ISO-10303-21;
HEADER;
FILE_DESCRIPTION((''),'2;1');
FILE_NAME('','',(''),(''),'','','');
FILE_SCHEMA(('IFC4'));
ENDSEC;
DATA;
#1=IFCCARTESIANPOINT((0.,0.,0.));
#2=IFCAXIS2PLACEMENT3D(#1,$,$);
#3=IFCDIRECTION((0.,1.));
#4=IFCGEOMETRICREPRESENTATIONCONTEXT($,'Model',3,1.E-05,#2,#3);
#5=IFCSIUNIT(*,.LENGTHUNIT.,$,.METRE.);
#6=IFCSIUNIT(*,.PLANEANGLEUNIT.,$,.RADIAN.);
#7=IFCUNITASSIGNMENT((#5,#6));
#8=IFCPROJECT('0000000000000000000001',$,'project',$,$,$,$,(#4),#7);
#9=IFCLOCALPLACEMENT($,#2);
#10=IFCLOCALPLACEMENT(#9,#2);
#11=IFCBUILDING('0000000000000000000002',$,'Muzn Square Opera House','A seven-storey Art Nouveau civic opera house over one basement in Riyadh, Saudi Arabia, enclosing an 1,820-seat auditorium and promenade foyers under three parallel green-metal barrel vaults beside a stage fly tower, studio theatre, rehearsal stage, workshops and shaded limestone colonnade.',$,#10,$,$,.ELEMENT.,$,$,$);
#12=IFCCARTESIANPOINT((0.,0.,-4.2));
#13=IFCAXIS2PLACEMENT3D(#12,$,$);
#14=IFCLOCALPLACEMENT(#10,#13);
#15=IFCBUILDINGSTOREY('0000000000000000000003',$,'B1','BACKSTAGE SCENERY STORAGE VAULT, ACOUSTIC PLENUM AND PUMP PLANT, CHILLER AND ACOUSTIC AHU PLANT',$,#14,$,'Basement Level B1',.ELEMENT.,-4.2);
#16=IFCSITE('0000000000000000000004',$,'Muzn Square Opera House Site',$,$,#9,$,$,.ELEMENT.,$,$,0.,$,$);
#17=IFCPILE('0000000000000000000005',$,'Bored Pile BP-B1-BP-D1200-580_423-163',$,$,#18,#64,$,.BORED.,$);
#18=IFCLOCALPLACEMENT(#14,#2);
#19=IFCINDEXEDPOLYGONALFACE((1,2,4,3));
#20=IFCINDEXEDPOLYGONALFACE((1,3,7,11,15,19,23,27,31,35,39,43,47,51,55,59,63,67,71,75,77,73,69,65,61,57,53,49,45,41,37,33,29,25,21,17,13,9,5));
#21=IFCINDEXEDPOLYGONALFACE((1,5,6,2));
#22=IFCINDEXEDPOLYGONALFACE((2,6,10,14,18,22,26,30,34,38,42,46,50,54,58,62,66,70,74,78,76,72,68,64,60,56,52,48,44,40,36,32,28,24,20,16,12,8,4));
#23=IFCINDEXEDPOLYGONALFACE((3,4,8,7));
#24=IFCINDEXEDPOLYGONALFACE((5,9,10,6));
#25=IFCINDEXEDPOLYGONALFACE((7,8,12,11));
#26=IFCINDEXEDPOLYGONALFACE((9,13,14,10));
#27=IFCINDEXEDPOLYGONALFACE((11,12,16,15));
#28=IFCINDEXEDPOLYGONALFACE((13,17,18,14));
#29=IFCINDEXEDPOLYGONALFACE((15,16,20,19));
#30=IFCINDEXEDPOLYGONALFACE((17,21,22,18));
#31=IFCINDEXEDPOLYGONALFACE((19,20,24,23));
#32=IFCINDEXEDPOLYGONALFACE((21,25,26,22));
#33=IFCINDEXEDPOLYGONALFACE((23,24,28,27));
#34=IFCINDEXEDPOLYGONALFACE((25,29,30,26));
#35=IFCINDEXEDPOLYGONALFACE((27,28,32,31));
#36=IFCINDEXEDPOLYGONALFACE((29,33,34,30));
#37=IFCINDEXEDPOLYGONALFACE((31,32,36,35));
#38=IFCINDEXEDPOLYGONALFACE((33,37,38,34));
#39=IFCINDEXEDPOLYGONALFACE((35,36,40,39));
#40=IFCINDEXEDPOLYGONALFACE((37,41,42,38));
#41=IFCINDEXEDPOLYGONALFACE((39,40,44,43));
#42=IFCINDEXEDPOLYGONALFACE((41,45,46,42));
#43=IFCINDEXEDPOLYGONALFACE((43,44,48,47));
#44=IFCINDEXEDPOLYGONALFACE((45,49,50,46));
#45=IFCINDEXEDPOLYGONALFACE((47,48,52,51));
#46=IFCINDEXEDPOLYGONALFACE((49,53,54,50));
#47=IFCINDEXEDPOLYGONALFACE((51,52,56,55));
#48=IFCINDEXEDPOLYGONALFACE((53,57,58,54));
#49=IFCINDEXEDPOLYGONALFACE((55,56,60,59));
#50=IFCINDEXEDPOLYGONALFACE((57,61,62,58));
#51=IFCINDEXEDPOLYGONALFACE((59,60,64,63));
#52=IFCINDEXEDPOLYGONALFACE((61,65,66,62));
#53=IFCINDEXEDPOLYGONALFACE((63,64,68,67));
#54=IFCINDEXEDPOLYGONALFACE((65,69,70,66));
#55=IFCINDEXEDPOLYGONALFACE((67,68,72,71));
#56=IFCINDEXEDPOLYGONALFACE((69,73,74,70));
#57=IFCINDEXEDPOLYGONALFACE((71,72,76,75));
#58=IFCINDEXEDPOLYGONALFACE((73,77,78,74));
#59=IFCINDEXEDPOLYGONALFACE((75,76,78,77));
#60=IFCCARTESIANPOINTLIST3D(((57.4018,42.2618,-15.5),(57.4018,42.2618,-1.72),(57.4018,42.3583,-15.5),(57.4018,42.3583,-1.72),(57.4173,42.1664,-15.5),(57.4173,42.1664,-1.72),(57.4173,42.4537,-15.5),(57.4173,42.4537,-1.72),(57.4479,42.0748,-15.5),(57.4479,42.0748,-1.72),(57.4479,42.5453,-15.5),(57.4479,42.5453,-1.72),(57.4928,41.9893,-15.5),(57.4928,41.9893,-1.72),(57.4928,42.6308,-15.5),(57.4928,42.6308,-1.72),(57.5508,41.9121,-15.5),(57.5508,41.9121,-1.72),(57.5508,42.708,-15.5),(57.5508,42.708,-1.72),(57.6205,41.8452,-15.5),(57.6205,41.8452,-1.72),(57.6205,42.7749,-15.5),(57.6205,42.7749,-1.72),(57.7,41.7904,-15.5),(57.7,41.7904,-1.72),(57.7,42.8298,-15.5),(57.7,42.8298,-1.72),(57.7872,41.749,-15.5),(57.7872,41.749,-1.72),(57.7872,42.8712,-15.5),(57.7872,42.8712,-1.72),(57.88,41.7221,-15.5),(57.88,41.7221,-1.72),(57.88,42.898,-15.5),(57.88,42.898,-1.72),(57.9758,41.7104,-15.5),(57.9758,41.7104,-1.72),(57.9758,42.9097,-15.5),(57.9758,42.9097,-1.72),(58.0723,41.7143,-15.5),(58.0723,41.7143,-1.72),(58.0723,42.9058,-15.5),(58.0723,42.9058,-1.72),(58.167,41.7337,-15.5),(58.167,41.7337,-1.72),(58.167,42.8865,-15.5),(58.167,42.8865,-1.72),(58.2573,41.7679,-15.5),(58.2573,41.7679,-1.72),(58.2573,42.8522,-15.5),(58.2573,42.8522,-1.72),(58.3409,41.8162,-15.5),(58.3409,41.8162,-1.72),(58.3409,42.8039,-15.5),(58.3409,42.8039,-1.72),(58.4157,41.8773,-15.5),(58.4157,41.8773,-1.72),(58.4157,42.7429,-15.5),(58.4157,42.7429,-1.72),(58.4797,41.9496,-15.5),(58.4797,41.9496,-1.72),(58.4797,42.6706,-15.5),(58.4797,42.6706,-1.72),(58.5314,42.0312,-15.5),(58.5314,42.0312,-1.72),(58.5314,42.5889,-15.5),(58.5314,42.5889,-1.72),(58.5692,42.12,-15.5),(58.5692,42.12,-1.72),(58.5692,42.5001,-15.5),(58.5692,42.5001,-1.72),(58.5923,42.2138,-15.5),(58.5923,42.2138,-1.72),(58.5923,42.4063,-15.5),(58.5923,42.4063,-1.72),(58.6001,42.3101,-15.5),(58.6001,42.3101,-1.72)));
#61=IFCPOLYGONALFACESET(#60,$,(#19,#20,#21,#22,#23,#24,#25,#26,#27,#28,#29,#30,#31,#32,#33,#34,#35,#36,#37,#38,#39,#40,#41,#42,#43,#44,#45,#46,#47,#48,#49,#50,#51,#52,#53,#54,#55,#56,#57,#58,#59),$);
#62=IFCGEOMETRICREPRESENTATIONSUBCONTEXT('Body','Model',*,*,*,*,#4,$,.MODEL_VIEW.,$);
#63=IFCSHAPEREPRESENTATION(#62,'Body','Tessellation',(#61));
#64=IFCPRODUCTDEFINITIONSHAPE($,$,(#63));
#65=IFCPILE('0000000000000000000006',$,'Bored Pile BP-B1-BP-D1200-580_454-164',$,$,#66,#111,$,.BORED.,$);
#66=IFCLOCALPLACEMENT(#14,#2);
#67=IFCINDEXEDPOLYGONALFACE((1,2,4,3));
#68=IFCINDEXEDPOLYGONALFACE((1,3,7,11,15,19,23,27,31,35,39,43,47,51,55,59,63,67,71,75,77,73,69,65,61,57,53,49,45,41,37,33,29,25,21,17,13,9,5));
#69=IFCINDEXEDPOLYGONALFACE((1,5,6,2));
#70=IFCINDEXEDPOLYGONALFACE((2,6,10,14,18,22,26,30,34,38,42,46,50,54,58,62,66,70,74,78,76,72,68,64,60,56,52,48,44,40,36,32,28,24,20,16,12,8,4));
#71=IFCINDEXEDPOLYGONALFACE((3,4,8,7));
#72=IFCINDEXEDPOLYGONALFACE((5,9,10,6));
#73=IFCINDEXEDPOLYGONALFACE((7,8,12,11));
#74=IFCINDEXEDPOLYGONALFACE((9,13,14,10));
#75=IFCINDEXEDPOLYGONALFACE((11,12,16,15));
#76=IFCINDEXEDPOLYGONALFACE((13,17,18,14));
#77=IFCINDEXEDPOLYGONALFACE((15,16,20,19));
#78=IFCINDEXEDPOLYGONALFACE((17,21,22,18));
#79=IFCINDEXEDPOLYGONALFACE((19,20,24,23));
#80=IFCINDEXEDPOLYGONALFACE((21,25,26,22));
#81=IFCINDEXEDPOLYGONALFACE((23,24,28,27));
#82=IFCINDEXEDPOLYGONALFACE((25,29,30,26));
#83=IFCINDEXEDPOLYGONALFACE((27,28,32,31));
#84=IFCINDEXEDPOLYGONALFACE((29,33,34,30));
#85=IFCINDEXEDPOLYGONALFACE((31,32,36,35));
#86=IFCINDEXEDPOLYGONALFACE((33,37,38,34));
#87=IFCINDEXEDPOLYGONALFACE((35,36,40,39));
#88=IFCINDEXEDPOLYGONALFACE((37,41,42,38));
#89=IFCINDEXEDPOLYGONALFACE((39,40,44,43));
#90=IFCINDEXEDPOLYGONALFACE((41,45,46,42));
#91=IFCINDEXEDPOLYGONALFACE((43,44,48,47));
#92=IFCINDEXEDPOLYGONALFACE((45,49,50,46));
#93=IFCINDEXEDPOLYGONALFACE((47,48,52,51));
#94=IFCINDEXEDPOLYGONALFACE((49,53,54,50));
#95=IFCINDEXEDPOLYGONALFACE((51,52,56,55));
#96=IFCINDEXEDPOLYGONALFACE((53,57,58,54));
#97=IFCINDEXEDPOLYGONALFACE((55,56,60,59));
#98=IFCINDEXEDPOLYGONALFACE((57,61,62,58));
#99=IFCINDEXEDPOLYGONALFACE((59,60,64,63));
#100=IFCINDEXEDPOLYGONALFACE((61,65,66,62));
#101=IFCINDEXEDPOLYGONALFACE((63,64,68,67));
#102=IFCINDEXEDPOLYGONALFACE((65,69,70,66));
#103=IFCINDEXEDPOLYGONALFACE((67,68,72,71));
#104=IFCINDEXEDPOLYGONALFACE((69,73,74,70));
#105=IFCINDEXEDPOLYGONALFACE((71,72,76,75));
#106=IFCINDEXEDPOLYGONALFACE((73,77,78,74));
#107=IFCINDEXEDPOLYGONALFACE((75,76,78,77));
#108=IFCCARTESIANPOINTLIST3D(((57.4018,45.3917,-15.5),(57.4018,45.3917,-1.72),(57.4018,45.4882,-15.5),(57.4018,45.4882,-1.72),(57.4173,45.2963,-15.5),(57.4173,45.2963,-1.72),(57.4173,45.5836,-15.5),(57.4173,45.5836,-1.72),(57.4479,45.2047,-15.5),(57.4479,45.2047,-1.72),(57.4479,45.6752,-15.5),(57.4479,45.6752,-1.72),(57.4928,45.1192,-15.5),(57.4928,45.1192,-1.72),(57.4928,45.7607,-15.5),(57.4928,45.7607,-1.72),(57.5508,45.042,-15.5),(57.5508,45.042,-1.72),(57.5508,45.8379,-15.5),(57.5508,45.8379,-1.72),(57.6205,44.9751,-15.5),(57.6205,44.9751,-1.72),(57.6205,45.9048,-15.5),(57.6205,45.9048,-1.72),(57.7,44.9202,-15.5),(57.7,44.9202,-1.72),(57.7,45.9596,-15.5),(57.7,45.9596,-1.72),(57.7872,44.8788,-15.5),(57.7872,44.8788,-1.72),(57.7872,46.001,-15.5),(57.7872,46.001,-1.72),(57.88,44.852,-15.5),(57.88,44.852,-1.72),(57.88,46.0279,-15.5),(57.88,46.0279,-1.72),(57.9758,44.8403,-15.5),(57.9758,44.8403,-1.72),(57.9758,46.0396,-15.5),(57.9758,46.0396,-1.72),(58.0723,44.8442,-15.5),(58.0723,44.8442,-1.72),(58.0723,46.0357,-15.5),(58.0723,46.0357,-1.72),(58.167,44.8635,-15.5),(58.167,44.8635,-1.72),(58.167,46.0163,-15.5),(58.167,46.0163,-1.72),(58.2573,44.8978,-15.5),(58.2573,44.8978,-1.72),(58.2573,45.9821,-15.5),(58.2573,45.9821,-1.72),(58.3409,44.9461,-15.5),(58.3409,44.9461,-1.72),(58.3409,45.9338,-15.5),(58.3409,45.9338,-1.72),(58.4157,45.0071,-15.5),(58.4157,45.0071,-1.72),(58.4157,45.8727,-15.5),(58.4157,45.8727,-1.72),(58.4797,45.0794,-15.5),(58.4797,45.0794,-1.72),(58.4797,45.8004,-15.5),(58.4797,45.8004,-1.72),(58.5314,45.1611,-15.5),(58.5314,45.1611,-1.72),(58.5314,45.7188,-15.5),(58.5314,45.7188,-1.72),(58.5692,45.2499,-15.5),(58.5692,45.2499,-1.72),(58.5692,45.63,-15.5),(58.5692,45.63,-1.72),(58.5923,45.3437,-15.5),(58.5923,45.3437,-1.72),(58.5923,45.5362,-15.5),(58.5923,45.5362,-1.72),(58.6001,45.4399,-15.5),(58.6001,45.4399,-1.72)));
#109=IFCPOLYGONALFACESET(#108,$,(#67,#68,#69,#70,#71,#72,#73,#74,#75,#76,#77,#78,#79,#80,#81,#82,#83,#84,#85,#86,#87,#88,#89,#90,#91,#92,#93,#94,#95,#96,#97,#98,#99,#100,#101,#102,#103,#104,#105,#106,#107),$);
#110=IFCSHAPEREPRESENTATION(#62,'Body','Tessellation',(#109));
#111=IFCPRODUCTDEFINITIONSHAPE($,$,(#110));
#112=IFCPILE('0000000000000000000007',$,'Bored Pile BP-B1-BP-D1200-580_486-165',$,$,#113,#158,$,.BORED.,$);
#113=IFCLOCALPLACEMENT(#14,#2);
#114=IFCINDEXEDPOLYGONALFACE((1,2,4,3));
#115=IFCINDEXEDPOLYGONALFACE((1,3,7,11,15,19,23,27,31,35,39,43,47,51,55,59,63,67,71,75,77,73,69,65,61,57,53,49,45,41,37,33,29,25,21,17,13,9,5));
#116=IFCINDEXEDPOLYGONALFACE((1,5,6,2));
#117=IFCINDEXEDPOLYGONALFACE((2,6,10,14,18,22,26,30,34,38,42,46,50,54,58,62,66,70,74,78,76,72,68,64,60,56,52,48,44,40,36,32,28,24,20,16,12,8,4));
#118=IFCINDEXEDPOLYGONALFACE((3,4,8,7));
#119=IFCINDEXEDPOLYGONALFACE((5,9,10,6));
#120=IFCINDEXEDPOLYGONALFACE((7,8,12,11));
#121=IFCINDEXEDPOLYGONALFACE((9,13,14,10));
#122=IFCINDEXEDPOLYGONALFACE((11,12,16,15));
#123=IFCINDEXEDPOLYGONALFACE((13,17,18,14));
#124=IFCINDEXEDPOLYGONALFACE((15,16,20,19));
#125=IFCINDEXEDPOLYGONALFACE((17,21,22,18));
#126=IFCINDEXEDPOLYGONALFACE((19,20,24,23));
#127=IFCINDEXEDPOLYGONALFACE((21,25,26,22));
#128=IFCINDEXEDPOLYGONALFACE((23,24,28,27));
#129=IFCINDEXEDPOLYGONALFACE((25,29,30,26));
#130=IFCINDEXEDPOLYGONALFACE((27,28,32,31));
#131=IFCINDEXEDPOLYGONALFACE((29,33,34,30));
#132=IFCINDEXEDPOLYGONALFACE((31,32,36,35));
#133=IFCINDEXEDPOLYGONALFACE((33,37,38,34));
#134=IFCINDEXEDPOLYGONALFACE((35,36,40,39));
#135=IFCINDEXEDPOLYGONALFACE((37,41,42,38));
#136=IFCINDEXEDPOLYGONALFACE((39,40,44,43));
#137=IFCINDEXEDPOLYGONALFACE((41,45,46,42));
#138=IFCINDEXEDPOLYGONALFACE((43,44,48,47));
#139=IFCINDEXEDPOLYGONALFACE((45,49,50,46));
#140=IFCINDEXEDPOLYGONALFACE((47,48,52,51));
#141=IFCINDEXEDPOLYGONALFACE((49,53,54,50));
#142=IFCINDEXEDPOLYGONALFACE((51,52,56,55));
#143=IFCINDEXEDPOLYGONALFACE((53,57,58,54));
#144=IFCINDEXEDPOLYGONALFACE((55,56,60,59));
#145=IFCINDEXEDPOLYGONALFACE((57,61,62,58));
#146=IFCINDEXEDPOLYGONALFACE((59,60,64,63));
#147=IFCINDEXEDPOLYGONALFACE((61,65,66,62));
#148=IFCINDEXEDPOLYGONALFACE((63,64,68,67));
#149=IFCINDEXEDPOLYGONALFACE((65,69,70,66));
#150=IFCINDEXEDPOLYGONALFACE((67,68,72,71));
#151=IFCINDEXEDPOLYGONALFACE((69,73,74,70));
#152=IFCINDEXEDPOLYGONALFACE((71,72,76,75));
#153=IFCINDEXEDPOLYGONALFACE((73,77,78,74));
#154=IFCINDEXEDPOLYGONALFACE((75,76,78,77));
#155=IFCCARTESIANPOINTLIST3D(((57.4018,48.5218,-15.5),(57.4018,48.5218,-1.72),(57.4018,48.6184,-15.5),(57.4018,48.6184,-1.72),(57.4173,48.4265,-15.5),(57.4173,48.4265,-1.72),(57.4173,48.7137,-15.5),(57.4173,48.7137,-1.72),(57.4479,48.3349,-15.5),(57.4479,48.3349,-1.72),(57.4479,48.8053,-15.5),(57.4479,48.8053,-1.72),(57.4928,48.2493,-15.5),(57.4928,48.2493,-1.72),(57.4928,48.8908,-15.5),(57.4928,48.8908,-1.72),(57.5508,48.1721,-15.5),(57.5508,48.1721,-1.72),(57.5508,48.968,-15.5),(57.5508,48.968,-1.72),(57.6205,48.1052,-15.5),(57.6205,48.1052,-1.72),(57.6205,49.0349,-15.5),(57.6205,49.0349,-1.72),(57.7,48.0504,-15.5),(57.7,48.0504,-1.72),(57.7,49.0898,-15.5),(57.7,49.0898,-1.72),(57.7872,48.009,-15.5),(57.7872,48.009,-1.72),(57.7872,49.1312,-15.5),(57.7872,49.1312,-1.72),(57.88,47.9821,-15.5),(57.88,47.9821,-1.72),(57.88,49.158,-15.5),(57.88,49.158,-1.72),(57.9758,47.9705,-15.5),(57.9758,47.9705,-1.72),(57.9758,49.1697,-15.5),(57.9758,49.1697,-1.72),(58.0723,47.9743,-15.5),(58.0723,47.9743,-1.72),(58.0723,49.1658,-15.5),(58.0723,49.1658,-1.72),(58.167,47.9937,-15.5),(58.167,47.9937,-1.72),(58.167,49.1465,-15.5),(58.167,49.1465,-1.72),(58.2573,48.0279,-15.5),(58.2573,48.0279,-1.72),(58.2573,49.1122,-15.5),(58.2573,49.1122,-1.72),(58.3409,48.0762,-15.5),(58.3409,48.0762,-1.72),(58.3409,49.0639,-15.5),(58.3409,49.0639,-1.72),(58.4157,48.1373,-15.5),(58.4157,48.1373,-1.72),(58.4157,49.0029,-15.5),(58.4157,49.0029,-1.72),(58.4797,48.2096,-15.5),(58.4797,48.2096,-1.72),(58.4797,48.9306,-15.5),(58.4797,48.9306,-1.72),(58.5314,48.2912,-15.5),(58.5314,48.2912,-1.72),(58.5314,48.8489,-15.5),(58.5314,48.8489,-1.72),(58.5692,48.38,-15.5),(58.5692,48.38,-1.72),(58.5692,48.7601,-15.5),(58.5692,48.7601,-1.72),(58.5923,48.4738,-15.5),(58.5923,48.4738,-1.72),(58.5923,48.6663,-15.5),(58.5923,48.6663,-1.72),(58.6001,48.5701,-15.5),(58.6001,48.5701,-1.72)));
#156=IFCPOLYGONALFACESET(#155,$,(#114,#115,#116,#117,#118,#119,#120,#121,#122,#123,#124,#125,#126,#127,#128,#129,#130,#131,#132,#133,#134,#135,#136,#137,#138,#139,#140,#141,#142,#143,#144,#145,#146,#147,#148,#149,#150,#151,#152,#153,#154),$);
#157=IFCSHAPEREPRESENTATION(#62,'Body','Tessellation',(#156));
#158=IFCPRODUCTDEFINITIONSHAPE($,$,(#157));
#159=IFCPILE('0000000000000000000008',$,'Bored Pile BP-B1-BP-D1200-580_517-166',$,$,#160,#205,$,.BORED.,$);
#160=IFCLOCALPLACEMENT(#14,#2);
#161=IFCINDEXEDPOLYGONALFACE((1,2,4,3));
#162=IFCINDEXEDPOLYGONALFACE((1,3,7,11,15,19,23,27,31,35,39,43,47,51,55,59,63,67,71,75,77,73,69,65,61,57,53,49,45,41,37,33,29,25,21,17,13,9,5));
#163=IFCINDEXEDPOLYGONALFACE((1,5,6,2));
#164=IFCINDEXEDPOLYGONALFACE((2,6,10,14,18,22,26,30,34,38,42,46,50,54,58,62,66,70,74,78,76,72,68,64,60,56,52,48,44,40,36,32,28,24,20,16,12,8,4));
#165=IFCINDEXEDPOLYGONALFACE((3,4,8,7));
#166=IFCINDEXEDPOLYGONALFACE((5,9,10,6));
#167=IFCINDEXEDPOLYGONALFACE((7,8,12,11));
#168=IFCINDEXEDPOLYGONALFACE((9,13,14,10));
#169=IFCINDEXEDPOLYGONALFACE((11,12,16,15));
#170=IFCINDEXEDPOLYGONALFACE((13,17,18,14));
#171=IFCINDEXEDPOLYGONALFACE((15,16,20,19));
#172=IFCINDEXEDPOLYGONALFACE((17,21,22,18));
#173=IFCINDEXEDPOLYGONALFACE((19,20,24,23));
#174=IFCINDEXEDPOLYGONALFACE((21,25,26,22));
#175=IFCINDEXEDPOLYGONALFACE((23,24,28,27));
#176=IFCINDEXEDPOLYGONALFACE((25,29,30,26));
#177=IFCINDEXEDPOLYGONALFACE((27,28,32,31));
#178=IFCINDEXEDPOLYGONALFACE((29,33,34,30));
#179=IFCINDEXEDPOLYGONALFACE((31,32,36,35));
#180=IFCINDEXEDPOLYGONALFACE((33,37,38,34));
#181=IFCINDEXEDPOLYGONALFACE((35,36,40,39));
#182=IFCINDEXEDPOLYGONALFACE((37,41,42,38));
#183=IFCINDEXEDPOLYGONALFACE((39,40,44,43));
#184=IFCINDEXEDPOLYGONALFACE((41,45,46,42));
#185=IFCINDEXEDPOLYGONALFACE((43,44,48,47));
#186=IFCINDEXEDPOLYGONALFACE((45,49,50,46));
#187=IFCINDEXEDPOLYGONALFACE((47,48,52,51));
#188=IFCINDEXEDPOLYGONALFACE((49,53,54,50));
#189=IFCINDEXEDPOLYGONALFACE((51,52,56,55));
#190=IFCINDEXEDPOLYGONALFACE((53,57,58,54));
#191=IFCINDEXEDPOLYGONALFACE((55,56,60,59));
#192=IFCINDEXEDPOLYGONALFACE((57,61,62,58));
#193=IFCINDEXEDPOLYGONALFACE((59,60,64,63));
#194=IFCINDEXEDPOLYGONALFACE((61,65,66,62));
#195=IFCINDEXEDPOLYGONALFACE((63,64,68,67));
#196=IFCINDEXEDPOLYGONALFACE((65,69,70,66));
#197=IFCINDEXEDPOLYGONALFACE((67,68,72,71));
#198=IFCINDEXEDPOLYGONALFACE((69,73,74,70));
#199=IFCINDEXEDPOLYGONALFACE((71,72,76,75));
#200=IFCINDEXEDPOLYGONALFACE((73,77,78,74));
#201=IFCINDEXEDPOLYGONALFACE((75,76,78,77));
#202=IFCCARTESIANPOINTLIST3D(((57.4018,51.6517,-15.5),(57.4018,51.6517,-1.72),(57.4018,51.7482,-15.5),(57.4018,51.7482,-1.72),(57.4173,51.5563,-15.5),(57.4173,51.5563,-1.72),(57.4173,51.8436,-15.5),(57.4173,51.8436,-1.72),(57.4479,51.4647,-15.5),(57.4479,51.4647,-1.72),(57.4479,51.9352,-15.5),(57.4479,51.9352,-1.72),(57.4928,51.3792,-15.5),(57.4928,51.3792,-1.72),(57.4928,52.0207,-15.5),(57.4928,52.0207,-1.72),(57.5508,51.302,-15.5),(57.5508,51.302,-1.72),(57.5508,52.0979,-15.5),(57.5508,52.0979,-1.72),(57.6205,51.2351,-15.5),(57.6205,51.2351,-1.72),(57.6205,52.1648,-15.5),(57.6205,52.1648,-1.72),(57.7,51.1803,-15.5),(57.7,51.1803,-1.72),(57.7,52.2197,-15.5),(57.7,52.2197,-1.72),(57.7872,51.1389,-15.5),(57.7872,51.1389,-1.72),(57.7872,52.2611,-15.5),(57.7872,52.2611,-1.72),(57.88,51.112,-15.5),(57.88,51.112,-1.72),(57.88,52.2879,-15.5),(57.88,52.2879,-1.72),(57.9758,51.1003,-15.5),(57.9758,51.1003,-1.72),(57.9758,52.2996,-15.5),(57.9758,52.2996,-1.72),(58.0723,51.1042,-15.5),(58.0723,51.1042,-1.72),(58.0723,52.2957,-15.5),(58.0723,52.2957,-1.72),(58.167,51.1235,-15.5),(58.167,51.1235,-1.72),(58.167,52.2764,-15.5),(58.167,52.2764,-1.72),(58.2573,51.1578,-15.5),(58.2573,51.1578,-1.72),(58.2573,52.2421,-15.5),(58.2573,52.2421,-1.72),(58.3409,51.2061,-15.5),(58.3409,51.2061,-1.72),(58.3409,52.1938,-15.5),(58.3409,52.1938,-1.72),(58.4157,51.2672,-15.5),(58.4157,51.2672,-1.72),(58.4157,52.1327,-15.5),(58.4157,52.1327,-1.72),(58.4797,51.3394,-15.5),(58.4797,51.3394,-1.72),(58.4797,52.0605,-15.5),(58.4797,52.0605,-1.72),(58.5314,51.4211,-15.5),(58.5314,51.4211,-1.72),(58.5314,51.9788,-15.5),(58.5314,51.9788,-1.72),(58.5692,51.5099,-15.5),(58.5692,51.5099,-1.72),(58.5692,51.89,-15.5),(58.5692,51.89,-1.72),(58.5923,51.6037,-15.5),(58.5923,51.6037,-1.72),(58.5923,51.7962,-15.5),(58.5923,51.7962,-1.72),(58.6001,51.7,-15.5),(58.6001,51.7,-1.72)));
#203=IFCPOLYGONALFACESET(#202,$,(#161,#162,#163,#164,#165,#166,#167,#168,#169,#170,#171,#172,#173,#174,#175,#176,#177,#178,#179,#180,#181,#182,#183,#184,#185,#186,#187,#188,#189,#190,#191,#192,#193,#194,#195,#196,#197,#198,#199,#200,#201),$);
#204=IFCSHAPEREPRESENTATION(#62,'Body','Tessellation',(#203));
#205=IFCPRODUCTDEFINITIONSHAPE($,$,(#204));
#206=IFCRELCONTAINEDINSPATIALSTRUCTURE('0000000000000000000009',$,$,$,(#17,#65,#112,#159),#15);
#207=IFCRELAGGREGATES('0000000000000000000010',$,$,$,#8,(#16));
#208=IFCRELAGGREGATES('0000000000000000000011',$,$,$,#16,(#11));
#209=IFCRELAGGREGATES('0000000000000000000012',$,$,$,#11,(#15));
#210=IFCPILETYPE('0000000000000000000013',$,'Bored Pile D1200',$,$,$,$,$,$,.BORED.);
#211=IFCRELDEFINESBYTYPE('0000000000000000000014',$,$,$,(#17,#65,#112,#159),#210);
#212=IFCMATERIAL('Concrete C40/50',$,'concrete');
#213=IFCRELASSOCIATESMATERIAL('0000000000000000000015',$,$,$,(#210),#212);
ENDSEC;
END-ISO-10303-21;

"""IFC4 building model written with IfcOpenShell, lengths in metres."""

from ifc_helpers import new_model, si_unit, direction, frame, origin, origin_2d, place, context, subcontext, project, spatial, circle, extrude, material, material_profile, profile_set, type_object, element, save


model = new_model("IFC4")

# Units and contexts
model_context = context("Model", 3, precision=1e-05, world=origin(), true_north=direction((0.0, 1.0)))
body_context = subcontext(model_context, "Body", "Model", "MODEL_VIEW")
ifc_project = project(units=[si_unit("LENGTHUNIT", "METRE"), si_unit("PLANEANGLEUNIT", "RADIAN")], contexts=[model_context])

# Site, building, storey
site_placement = place(None, origin())
site = spatial("IfcSite", under=ifc_project, at=site_placement, Name="Muzn Square Opera House Site", CompositionType="ELEMENT", RefElevation=0.0)
building_placement = place(site_placement, origin())
building = spatial("IfcBuilding", under=site, at=building_placement, Name="Muzn Square Opera House", Description="A seven-storey Art Nouveau civic opera house over one basement in Riyadh, Saudi Arabia, enclosing an 1,820-seat auditorium and promenade foyers under three parallel green-metal barrel vaults beside a stage fly tower, studio theatre, rehearsal stage, workshops and shaded limestone colonnade.", CompositionType="ELEMENT")
storey_placement = place(building_placement, frame((0.0, 0.0, -4.2)))
storey = spatial("IfcBuildingStorey", under=building, at=storey_placement, Name="B1", Description="BACKSTAGE SCENERY STORAGE VAULT, ACOUSTIC PLENUM AND PUMP PLANT, CHILLER AND ACOUSTIC AHU PLANT", LongName="Basement Level B1", CompositionType="ELEMENT", Elevation=-4.2)

# Piles
ifc_material_1 = material(Name="Concrete C40/50", Category="concrete")
ifc_material_profile = material_profile(ifc_material_1, circle(Radius=0.6001, at=origin_2d()), Name="BORED PILE D1200", Category="concrete")
ifc_profile_set = profile_set([ifc_material_profile], Name="Concrete C40/50")
pile_type = type_object("IfcPileType", Name="Bored Pile D1200", PredefinedType="BORED", material=ifc_profile_set)
for number, where, z_axis, x_axis, name in (
    (1, (58.0, 42.3101, -1.72), (0.0, 0.0, -1.0), (1.0, 0.0, 0.0), "Bored Pile BP-B1-BP-D1200-580_423-163"),
    (2, (58.0, 45.4399, -1.72), (0.0, 0.0, -1.0), (1.0, 0.0, 0.0), "Bored Pile BP-B1-BP-D1200-580_454-164"),
    (3, (58.0, 48.5701, -1.72), (0.0, 0.0, -1.0), (1.0, 0.0, 0.0), "Bored Pile BP-B1-BP-D1200-580_486-165"),
    (4, (58.0, 51.7, -1.72), (0.0, 0.0, -1.0), (1.0, 0.0, 0.0), "Bored Pile BP-B1-BP-D1200-580_517-166"),
):
    element("IfcPile", number, at=place(storey_placement, frame(where, z_axis=z_axis, x_axis=x_axis)), inside=storey, type_object=pile_type, Name=name, PredefinedType="BORED", context=body_context, shape_type="SweptSolid", body=[
        extrude(circle(Radius=0.6001, at=origin_2d()), origin(), (0.0, 0.0, 1.0), 13.78),
    ])

save(model, "model.ifc")
